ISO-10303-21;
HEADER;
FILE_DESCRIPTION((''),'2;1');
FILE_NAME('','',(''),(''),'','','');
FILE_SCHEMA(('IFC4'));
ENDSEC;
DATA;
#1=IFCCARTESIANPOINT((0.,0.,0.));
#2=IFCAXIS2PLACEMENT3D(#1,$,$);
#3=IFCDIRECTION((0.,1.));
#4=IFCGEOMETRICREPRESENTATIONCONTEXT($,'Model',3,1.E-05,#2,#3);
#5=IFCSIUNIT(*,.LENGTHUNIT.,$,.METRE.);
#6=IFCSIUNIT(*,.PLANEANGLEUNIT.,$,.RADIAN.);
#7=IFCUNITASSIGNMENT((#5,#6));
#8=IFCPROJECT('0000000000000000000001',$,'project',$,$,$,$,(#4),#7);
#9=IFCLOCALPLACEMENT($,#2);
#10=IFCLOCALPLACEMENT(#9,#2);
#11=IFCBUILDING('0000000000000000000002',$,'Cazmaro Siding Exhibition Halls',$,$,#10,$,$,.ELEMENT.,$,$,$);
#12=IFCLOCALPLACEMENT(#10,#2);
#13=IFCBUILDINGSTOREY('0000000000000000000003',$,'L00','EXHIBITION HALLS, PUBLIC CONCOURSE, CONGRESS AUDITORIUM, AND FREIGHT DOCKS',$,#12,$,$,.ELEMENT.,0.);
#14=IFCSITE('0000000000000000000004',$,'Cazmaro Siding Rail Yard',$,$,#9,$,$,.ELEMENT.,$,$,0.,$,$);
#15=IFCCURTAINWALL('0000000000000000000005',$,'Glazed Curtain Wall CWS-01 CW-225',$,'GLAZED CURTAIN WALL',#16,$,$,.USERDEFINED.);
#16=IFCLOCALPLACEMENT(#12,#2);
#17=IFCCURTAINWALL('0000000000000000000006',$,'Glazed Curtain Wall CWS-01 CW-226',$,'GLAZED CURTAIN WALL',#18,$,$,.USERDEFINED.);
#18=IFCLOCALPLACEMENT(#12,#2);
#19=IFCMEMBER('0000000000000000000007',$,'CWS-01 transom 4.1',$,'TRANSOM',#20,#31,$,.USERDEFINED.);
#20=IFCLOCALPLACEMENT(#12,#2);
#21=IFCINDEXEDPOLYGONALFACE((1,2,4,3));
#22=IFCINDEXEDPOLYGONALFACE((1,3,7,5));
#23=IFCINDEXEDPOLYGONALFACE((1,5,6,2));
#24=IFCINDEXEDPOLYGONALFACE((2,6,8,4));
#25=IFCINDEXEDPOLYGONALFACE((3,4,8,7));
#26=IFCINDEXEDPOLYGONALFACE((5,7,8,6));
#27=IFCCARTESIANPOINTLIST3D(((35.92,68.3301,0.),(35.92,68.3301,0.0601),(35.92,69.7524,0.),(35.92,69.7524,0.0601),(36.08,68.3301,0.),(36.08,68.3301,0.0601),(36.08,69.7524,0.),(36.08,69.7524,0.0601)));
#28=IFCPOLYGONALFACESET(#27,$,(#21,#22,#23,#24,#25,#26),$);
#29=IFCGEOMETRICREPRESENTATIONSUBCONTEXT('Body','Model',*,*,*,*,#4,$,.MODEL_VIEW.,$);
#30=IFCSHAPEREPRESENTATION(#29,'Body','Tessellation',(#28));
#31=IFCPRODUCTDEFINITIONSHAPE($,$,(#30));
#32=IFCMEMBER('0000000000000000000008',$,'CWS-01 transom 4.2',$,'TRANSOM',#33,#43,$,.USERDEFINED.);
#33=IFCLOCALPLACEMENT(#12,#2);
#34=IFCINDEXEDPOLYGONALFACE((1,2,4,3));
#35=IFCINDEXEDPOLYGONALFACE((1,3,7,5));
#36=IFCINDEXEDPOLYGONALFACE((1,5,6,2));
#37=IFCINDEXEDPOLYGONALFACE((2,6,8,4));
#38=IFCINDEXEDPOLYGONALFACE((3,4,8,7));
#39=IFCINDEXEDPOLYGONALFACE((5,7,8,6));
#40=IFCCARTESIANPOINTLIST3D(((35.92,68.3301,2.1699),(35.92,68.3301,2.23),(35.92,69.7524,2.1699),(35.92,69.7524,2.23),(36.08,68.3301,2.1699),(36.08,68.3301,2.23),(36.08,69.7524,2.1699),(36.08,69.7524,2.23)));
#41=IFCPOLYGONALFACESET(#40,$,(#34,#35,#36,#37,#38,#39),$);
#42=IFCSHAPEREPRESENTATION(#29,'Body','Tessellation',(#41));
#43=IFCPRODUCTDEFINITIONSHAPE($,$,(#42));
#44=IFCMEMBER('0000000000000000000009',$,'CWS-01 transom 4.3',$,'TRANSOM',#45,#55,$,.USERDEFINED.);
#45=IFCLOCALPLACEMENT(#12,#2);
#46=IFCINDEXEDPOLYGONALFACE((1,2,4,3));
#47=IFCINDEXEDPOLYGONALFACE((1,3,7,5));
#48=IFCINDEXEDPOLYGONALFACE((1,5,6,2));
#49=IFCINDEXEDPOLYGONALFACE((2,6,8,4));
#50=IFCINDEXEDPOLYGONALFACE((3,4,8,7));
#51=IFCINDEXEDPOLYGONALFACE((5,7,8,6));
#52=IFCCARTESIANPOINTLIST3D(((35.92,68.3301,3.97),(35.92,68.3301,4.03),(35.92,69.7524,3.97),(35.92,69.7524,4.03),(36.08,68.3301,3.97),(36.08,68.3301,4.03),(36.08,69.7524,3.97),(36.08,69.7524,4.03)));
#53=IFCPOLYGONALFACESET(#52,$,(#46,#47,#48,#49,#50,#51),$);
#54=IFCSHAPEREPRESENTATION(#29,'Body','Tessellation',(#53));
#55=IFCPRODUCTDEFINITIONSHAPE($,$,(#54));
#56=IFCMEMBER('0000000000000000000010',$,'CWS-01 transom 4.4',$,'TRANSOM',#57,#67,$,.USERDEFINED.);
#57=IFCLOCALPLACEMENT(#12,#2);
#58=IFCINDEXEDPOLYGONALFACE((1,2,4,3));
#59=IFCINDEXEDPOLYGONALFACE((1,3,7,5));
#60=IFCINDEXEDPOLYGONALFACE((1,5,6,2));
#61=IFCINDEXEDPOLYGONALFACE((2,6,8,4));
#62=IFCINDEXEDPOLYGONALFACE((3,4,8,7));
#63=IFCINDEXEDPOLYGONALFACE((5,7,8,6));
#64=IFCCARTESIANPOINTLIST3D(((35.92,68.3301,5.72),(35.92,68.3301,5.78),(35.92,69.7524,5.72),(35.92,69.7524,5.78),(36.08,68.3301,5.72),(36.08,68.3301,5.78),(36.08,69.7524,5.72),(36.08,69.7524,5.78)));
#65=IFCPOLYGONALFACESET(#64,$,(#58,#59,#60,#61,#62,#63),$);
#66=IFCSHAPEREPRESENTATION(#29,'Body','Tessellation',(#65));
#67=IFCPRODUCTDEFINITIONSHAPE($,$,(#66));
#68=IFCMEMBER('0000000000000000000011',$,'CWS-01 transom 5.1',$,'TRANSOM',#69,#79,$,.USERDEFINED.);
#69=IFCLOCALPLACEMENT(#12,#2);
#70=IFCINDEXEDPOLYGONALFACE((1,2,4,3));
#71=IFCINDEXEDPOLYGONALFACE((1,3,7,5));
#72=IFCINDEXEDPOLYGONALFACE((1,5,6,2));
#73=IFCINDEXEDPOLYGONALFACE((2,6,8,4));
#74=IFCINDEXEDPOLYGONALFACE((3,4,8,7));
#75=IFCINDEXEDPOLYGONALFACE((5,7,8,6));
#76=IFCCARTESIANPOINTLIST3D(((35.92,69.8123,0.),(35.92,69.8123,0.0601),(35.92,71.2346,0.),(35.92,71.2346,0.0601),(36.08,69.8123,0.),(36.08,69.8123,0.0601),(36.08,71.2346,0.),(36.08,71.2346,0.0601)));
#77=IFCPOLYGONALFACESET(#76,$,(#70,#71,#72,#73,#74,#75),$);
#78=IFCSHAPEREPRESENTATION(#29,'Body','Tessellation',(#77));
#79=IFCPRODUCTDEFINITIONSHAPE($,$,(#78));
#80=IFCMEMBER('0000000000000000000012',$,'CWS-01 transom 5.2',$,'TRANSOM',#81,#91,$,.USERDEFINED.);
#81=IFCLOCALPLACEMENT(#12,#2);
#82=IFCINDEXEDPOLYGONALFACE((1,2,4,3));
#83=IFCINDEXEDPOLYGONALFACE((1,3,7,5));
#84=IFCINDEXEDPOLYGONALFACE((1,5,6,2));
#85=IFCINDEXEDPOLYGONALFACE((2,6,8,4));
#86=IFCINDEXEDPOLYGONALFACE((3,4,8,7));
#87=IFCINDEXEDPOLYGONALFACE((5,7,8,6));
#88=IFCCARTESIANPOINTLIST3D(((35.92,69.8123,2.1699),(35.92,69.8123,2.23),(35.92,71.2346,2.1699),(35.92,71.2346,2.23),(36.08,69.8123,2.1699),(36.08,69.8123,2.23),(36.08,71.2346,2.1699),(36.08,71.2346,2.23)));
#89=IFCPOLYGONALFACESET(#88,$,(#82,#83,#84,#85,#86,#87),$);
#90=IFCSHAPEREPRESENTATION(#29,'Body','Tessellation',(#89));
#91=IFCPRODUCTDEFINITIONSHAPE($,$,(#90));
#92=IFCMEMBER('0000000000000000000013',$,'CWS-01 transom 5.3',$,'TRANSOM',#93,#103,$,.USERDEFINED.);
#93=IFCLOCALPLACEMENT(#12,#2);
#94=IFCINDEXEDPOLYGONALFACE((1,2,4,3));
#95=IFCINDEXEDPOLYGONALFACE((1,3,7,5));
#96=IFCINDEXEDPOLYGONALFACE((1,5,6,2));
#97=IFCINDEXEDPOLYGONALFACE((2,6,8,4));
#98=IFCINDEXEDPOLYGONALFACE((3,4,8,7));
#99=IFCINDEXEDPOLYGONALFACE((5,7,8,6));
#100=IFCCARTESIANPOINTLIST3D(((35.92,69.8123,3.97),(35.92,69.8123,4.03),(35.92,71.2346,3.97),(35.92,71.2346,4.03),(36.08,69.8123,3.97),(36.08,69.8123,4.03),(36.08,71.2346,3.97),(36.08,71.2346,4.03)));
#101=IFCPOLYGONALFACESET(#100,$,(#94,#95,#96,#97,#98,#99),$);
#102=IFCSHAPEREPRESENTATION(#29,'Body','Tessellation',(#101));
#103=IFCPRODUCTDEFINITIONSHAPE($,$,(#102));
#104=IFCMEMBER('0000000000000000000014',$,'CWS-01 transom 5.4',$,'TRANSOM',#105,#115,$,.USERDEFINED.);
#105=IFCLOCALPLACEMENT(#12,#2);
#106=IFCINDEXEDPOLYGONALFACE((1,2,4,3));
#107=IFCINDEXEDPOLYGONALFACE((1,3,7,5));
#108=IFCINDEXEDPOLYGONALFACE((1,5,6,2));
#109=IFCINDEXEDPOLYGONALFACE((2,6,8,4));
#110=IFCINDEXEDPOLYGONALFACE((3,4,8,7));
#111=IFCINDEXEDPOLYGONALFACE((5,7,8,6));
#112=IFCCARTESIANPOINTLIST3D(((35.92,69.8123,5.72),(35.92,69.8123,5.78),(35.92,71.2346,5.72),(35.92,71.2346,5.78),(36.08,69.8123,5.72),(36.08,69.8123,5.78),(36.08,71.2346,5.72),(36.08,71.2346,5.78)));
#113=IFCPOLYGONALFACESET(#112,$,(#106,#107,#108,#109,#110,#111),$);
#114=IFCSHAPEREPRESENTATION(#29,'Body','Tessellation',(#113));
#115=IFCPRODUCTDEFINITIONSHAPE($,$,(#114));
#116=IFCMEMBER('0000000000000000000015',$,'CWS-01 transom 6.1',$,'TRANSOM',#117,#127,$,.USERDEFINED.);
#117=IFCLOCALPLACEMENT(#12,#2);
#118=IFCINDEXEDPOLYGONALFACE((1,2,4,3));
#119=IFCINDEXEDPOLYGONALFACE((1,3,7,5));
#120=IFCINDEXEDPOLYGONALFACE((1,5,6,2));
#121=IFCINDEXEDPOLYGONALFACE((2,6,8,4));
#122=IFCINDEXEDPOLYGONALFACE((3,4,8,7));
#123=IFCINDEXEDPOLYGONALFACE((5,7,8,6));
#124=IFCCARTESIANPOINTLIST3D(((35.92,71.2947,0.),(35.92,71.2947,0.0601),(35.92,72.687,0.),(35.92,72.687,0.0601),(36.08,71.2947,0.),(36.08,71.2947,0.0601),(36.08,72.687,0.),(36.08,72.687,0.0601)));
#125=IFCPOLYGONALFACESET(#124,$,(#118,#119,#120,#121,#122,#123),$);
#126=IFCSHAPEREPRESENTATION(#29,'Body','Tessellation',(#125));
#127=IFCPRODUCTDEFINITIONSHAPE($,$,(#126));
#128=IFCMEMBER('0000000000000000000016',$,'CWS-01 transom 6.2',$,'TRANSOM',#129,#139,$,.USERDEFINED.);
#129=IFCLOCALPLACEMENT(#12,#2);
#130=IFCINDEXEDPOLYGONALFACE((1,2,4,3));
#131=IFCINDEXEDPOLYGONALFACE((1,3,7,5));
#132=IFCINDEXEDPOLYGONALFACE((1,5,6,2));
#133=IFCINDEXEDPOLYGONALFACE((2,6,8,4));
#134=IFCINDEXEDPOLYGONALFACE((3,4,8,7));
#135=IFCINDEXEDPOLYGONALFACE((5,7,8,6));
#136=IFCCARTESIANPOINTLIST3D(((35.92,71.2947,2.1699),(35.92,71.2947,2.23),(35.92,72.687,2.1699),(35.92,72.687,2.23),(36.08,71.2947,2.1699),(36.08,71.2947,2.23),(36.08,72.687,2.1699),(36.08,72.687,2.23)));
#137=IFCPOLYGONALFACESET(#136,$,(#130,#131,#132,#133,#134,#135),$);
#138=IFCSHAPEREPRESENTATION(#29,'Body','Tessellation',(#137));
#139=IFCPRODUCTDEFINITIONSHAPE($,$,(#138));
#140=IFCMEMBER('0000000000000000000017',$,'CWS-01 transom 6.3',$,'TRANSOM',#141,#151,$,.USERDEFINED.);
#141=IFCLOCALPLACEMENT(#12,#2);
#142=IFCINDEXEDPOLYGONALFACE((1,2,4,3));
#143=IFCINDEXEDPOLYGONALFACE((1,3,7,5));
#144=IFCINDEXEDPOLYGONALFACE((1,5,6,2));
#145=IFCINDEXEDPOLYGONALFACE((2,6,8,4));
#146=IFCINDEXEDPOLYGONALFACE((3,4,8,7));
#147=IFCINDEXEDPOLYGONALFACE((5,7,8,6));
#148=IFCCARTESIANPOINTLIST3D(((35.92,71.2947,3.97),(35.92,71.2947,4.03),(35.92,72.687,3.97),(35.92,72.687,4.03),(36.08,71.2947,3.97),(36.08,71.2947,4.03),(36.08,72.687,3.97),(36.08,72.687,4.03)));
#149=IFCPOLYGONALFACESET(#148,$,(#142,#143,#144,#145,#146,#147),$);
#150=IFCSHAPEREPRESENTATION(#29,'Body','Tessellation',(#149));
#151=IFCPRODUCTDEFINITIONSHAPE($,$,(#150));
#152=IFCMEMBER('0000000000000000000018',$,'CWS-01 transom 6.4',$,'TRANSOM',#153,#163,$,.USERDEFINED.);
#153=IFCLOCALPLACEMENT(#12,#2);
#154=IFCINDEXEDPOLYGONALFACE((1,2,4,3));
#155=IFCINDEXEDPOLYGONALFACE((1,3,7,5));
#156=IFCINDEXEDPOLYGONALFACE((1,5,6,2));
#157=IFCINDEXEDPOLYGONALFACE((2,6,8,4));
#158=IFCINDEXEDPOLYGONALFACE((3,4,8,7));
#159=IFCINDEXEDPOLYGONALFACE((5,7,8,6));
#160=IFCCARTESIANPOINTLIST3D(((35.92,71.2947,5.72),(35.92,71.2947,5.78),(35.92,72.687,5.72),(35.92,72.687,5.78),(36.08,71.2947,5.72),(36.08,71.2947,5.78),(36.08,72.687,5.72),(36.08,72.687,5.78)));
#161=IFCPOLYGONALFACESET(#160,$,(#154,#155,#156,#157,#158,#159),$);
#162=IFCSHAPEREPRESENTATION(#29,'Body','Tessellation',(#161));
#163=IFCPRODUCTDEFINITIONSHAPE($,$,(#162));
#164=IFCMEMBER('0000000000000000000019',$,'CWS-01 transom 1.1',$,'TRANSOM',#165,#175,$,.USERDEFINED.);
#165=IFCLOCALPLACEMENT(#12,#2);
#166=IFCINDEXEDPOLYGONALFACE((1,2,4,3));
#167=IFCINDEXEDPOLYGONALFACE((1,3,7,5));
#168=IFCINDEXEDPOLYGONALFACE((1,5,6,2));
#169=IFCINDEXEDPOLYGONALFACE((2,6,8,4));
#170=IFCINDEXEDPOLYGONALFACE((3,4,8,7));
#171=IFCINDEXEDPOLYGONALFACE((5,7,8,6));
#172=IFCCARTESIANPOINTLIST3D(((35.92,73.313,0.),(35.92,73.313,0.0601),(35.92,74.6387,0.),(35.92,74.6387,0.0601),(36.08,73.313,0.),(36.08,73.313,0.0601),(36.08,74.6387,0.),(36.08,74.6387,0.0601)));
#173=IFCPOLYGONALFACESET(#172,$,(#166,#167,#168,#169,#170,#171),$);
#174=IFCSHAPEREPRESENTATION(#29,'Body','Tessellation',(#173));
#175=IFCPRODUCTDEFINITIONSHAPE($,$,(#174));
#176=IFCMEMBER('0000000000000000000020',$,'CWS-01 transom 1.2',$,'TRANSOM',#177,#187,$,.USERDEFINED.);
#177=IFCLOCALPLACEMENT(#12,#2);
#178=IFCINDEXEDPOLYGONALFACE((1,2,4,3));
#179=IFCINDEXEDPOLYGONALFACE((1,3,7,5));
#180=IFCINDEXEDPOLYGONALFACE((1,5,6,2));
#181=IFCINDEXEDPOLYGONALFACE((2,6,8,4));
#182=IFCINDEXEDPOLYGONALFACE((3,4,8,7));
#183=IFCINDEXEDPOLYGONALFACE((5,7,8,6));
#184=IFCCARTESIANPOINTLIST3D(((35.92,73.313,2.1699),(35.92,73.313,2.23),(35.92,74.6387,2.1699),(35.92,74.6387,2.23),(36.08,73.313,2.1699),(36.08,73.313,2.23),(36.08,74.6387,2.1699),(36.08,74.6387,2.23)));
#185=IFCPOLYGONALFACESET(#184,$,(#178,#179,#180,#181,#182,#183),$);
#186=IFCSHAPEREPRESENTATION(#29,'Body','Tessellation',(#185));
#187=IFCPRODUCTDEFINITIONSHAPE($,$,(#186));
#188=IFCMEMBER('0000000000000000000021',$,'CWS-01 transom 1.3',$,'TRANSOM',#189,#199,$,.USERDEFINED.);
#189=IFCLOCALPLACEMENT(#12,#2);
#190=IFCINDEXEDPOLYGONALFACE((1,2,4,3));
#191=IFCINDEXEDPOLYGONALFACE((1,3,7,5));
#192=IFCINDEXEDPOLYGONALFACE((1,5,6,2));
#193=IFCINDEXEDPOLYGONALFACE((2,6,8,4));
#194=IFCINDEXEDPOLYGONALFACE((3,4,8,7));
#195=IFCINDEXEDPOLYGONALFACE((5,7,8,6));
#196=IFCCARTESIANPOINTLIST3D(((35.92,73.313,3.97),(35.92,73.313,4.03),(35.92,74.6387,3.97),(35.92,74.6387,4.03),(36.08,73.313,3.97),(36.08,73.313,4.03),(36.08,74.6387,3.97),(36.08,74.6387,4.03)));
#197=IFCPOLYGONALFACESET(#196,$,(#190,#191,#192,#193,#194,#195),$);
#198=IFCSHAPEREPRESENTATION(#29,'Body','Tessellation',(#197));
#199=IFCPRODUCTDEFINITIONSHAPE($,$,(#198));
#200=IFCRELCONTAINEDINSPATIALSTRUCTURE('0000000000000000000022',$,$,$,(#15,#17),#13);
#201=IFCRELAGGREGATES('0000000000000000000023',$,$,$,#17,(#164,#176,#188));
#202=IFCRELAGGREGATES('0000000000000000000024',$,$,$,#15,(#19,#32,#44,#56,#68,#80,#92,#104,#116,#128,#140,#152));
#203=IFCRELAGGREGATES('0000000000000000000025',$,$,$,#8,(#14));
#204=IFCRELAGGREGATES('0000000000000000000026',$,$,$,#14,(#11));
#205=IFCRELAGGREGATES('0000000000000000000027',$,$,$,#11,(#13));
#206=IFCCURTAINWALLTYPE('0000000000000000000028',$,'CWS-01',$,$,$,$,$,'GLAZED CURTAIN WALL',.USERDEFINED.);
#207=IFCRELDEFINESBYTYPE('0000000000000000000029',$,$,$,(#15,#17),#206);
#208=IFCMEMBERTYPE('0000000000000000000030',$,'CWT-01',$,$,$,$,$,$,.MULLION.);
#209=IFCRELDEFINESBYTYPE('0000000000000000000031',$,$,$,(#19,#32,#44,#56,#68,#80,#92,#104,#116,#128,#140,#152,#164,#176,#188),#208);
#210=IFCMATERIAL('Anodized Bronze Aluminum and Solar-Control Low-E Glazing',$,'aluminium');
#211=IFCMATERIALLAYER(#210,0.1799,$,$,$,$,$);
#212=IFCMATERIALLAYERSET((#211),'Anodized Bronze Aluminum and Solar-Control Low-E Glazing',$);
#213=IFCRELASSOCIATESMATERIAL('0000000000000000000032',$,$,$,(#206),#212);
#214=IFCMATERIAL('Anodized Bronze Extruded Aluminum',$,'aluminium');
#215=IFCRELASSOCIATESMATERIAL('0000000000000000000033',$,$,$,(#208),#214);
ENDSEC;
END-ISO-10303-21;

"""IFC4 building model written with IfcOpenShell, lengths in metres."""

from ifc_helpers import new_model, si_unit, direction, frame, origin, origin_2d, place, context, subcontext, project, spatial, rectangle, extrude, material, layer, layer_set, material_profile, profile_set, type_object, element, aggregate, save


model = new_model("IFC4")

# Units and contexts
model_context = context("Model", 3, precision=1e-05, world=origin(), true_north=direction((0.0, 1.0)))
body_context = subcontext(model_context, "Body", "Model", "MODEL_VIEW")
ifc_project = project(units=[si_unit("LENGTHUNIT", "METRE"), si_unit("PLANEANGLEUNIT", "RADIAN")], contexts=[model_context])

# Site, building, storey
site_placement = place(None, origin())
site = spatial("IfcSite", under=ifc_project, at=site_placement, Name="Cazmaro Siding Rail Yard", CompositionType="ELEMENT", RefElevation=0.0)
building_placement = place(site_placement, origin())
building = spatial("IfcBuilding", under=site, at=building_placement, Name="Cazmaro Siding Exhibition Halls", CompositionType="ELEMENT")
storey_placement = place(building_placement, origin())
storey = spatial("IfcBuildingStorey", under=building, at=storey_placement, Name="L00", Description="EXHIBITION HALLS, PUBLIC CONCOURSE, CONGRESS AUDITORIUM, AND FREIGHT DOCKS", CompositionType="ELEMENT", Elevation=0.0)

# Curtain wall
ifc_material_1 = material(Name="Anodized Bronze Aluminum and Solar-Control Low-E Glazing", Category="aluminium")
ifc_layer_1 = layer(ifc_material_1, 0.1799)
ifc_layer_set_1 = layer_set([ifc_layer_1], Name="Anodized Bronze Aluminum and Solar-Control Low-E Glazing")
curtain_wall_type = type_object("IfcCurtainWallType", Name="CWS-01", ElementType="GLAZED CURTAIN WALL", PredefinedType="USERDEFINED", material=ifc_layer_set_1)
curtain_wall_1_placement = place(storey_placement, origin())
curtain_wall_1 = element("IfcCurtainWall", 1, at=curtain_wall_1_placement, inside=storey, type_object=curtain_wall_type, Name="Glazed Curtain Wall CWS-01 CW-225", ObjectType="GLAZED CURTAIN WALL", PredefinedType="USERDEFINED")

# Curtain wall
curtain_wall_2_placement = place(storey_placement, origin())
curtain_wall_2 = element("IfcCurtainWall", 2, at=curtain_wall_2_placement, inside=storey, type_object=curtain_wall_type, Name="Glazed Curtain Wall CWS-01 CW-226", ObjectType="GLAZED CURTAIN WALL", PredefinedType="USERDEFINED")

# Members
ifc_material_2 = material(Name="Anodized Bronze Extruded Aluminum", Category="aluminium")
ifc_material_profile_1 = material_profile(ifc_material_2, rectangle(XDim=0.1599, YDim=0.0601, at=origin_2d()), Name="CWT-01")
ifc_profile_set_1 = profile_set([ifc_material_profile_1], Name="Anodized Bronze Extruded Aluminum")
member_type_1 = type_object("IfcMemberType", Name="CWT-01", PredefinedType="MULLION", material=ifc_profile_set_1)
member_1_placement = place(storey_placement, frame((36.0, 68.3301, 0.03), z_axis=(0.0, 1.0, 0.0), x_axis=(-1.0, 0.0, 0.0)))
member_1 = element("IfcMember", 3, at=member_1_placement, type_object=member_type_1, Name="CWS-01 transom 4.1", ObjectType="TRANSOM", PredefinedType="USERDEFINED", context=body_context, shape_type="SweptSolid", body=[
    extrude(rectangle(XDim=0.1599, YDim=0.0601, at=origin_2d()), origin(), (0.0, 0.0, 1.0), 1.4224),
])
member_2_placement = place(storey_placement, frame((36.0, 68.3301, 2.2), z_axis=(0.0, 1.0, 0.0), x_axis=(-1.0, 0.0, 0.0)))
member_2 = element("IfcMember", 4, at=member_2_placement, type_object=member_type_1, Name="CWS-01 transom 4.2", ObjectType="TRANSOM", PredefinedType="USERDEFINED", context=body_context, shape_type="SweptSolid", body=[
    extrude(rectangle(XDim=0.1599, YDim=0.0601, at=origin_2d()), origin(), (0.0, 0.0, 1.0), 1.4224),
])
member_3_placement = place(storey_placement, frame((36.0, 68.3301, 4.0), z_axis=(0.0, 1.0, 0.0), x_axis=(-1.0, 0.0, 0.0)))
member_3 = element("IfcMember", 5, at=member_3_placement, type_object=member_type_1, Name="CWS-01 transom 4.3", ObjectType="TRANSOM", PredefinedType="USERDEFINED", context=body_context, shape_type="SweptSolid", body=[
    extrude(rectangle(XDim=0.1599, YDim=0.0601, at=origin_2d()), origin(), (0.0, 0.0, 1.0), 1.4224),
])
member_4_placement = place(storey_placement, frame((36.0, 68.3301, 5.75), z_axis=(0.0, 1.0, 0.0), x_axis=(-1.0, 0.0, 0.0)))
member_4 = element("IfcMember", 6, at=member_4_placement, type_object=member_type_1, Name="CWS-01 transom 4.4", ObjectType="TRANSOM", PredefinedType="USERDEFINED", context=body_context, shape_type="SweptSolid", body=[
    extrude(rectangle(XDim=0.1599, YDim=0.0601, at=origin_2d()), origin(), (0.0, 0.0, 1.0), 1.4224),
])
member_5_placement = place(storey_placement, frame((36.0, 69.8123, 0.03), z_axis=(0.0, 1.0, 0.0), x_axis=(-1.0, 0.0, 0.0)))
member_5 = element("IfcMember", 7, at=member_5_placement, type_object=member_type_1, Name="CWS-01 transom 5.1", ObjectType="TRANSOM", PredefinedType="USERDEFINED", context=body_context, shape_type="SweptSolid", body=[
    extrude(rectangle(XDim=0.1599, YDim=0.0601, at=origin_2d()), origin(), (0.0, 0.0, 1.0), 1.4224),
])
member_6_placement = place(storey_placement, frame((36.0, 69.8123, 2.2), z_axis=(0.0, 1.0, 0.0), x_axis=(-1.0, 0.0, 0.0)))
member_6 = element("IfcMember", 8, at=member_6_placement, type_object=member_type_1, Name="CWS-01 transom 5.2", ObjectType="TRANSOM", PredefinedType="USERDEFINED", context=body_context, shape_type="SweptSolid", body=[
    extrude(rectangle(XDim=0.1599, YDim=0.0601, at=origin_2d()), origin(), (0.0, 0.0, 1.0), 1.4224),
])
member_7_placement = place(storey_placement, frame((36.0, 69.8123, 4.0), z_axis=(0.0, 1.0, 0.0), x_axis=(-1.0, 0.0, 0.0)))
member_7 = element("IfcMember", 9, at=member_7_placement, type_object=member_type_1, Name="CWS-01 transom 5.3", ObjectType="TRANSOM", PredefinedType="USERDEFINED", context=body_context, shape_type="SweptSolid", body=[
    extrude(rectangle(XDim=0.1599, YDim=0.0601, at=origin_2d()), origin(), (0.0, 0.0, 1.0), 1.4224),
])
member_8_placement = place(storey_placement, frame((36.0, 69.8123, 5.75), z_axis=(0.0, 1.0, 0.0), x_axis=(-1.0, 0.0, 0.0)))
member_8 = element("IfcMember", 10, at=member_8_placement, type_object=member_type_1, Name="CWS-01 transom 5.4", ObjectType="TRANSOM", PredefinedType="USERDEFINED", context=body_context, shape_type="SweptSolid", body=[
    extrude(rectangle(XDim=0.1599, YDim=0.0601, at=origin_2d()), origin(), (0.0, 0.0, 1.0), 1.4224),
])
member_9_placement = place(storey_placement, frame((36.0, 71.2947, 0.03), z_axis=(0.0, 1.0, 0.0), x_axis=(-1.0, 0.0, 0.0)))
member_9 = element("IfcMember", 11, at=member_9_placement, type_object=member_type_1, Name="CWS-01 transom 6.1", ObjectType="TRANSOM", PredefinedType="USERDEFINED", context=body_context, shape_type="SweptSolid", body=[
    extrude(rectangle(XDim=0.1599, YDim=0.0601, at=origin_2d()), origin(), (0.0, 0.0, 1.0), 1.3923),
])
member_10_placement = place(storey_placement, frame((36.0, 71.2947, 2.2), z_axis=(0.0, 1.0, 0.0), x_axis=(-1.0, 0.0, 0.0)))
member_10 = element("IfcMember", 12, at=member_10_placement, type_object=member_type_1, Name="CWS-01 transom 6.2", ObjectType="TRANSOM", PredefinedType="USERDEFINED", context=body_context, shape_type="SweptSolid", body=[
    extrude(rectangle(XDim=0.1599, YDim=0.0601, at=origin_2d()), origin(), (0.0, 0.0, 1.0), 1.3923),
])
member_11_placement = place(storey_placement, frame((36.0, 71.2947, 4.0), z_axis=(0.0, 1.0, 0.0), x_axis=(-1.0, 0.0, 0.0)))
member_11 = element("IfcMember", 13, at=member_11_placement, type_object=member_type_1, Name="CWS-01 transom 6.3", ObjectType="TRANSOM", PredefinedType="USERDEFINED", context=body_context, shape_type="SweptSolid", body=[
    extrude(rectangle(XDim=0.1599, YDim=0.0601, at=origin_2d()), origin(), (0.0, 0.0, 1.0), 1.3923),
])
member_12_placement = place(storey_placement, frame((36.0, 71.2947, 5.75), z_axis=(0.0, 1.0, 0.0), x_axis=(-1.0, 0.0, 0.0)))
member_12 = element("IfcMember", 14, at=member_12_placement, type_object=member_type_1, Name="CWS-01 transom 6.4", ObjectType="TRANSOM", PredefinedType="USERDEFINED", context=body_context, shape_type="SweptSolid", body=[
    extrude(rectangle(XDim=0.1599, YDim=0.0601, at=origin_2d()), origin(), (0.0, 0.0, 1.0), 1.3923),
])
member_13_placement = place(storey_placement, frame((36.0, 73.313, 0.03), z_axis=(0.0, 1.0, 0.0), x_axis=(-1.0, 0.0, 0.0)))
member_13 = element("IfcMember", 15, at=member_13_placement, type_object=member_type_1, Name="CWS-01 transom 1.1", ObjectType="TRANSOM", PredefinedType="USERDEFINED", context=body_context, shape_type="SweptSolid", body=[
    extrude(rectangle(XDim=0.1599, YDim=0.0601, at=origin_2d()), origin(), (0.0, 0.0, 1.0), 1.3257),
])
member_14_placement = place(storey_placement, frame((36.0, 73.313, 2.2), z_axis=(0.0, 1.0, 0.0), x_axis=(-1.0, 0.0, 0.0)))
member_14 = element("IfcMember", 16, at=member_14_placement, type_object=member_type_1, Name="CWS-01 transom 1.2", ObjectType="TRANSOM", PredefinedType="USERDEFINED", context=body_context, shape_type="SweptSolid", body=[
    extrude(rectangle(XDim=0.1599, YDim=0.0601, at=origin_2d()), origin(), (0.0, 0.0, 1.0), 1.3257),
])
member_15_placement = place(storey_placement, frame((36.0, 73.313, 4.0), z_axis=(0.0, 1.0, 0.0), x_axis=(-1.0, 0.0, 0.0)))
member_15 = element("IfcMember", 17, at=member_15_placement, type_object=member_type_1, Name="CWS-01 transom 1.3", ObjectType="TRANSOM", PredefinedType="USERDEFINED", context=body_context, shape_type="SweptSolid", body=[
    extrude(rectangle(XDim=0.1599, YDim=0.0601, at=origin_2d()), origin(), (0.0, 0.0, 1.0), 1.3257),
])
aggregate(curtain_wall_2, [member_13, member_14, member_15])

aggregate(curtain_wall_1, [member_1, member_2, member_3, member_4, member_5, member_6, member_7, member_8, member_9, member_10, member_11, member_12])

save(model, "model.ifc")
